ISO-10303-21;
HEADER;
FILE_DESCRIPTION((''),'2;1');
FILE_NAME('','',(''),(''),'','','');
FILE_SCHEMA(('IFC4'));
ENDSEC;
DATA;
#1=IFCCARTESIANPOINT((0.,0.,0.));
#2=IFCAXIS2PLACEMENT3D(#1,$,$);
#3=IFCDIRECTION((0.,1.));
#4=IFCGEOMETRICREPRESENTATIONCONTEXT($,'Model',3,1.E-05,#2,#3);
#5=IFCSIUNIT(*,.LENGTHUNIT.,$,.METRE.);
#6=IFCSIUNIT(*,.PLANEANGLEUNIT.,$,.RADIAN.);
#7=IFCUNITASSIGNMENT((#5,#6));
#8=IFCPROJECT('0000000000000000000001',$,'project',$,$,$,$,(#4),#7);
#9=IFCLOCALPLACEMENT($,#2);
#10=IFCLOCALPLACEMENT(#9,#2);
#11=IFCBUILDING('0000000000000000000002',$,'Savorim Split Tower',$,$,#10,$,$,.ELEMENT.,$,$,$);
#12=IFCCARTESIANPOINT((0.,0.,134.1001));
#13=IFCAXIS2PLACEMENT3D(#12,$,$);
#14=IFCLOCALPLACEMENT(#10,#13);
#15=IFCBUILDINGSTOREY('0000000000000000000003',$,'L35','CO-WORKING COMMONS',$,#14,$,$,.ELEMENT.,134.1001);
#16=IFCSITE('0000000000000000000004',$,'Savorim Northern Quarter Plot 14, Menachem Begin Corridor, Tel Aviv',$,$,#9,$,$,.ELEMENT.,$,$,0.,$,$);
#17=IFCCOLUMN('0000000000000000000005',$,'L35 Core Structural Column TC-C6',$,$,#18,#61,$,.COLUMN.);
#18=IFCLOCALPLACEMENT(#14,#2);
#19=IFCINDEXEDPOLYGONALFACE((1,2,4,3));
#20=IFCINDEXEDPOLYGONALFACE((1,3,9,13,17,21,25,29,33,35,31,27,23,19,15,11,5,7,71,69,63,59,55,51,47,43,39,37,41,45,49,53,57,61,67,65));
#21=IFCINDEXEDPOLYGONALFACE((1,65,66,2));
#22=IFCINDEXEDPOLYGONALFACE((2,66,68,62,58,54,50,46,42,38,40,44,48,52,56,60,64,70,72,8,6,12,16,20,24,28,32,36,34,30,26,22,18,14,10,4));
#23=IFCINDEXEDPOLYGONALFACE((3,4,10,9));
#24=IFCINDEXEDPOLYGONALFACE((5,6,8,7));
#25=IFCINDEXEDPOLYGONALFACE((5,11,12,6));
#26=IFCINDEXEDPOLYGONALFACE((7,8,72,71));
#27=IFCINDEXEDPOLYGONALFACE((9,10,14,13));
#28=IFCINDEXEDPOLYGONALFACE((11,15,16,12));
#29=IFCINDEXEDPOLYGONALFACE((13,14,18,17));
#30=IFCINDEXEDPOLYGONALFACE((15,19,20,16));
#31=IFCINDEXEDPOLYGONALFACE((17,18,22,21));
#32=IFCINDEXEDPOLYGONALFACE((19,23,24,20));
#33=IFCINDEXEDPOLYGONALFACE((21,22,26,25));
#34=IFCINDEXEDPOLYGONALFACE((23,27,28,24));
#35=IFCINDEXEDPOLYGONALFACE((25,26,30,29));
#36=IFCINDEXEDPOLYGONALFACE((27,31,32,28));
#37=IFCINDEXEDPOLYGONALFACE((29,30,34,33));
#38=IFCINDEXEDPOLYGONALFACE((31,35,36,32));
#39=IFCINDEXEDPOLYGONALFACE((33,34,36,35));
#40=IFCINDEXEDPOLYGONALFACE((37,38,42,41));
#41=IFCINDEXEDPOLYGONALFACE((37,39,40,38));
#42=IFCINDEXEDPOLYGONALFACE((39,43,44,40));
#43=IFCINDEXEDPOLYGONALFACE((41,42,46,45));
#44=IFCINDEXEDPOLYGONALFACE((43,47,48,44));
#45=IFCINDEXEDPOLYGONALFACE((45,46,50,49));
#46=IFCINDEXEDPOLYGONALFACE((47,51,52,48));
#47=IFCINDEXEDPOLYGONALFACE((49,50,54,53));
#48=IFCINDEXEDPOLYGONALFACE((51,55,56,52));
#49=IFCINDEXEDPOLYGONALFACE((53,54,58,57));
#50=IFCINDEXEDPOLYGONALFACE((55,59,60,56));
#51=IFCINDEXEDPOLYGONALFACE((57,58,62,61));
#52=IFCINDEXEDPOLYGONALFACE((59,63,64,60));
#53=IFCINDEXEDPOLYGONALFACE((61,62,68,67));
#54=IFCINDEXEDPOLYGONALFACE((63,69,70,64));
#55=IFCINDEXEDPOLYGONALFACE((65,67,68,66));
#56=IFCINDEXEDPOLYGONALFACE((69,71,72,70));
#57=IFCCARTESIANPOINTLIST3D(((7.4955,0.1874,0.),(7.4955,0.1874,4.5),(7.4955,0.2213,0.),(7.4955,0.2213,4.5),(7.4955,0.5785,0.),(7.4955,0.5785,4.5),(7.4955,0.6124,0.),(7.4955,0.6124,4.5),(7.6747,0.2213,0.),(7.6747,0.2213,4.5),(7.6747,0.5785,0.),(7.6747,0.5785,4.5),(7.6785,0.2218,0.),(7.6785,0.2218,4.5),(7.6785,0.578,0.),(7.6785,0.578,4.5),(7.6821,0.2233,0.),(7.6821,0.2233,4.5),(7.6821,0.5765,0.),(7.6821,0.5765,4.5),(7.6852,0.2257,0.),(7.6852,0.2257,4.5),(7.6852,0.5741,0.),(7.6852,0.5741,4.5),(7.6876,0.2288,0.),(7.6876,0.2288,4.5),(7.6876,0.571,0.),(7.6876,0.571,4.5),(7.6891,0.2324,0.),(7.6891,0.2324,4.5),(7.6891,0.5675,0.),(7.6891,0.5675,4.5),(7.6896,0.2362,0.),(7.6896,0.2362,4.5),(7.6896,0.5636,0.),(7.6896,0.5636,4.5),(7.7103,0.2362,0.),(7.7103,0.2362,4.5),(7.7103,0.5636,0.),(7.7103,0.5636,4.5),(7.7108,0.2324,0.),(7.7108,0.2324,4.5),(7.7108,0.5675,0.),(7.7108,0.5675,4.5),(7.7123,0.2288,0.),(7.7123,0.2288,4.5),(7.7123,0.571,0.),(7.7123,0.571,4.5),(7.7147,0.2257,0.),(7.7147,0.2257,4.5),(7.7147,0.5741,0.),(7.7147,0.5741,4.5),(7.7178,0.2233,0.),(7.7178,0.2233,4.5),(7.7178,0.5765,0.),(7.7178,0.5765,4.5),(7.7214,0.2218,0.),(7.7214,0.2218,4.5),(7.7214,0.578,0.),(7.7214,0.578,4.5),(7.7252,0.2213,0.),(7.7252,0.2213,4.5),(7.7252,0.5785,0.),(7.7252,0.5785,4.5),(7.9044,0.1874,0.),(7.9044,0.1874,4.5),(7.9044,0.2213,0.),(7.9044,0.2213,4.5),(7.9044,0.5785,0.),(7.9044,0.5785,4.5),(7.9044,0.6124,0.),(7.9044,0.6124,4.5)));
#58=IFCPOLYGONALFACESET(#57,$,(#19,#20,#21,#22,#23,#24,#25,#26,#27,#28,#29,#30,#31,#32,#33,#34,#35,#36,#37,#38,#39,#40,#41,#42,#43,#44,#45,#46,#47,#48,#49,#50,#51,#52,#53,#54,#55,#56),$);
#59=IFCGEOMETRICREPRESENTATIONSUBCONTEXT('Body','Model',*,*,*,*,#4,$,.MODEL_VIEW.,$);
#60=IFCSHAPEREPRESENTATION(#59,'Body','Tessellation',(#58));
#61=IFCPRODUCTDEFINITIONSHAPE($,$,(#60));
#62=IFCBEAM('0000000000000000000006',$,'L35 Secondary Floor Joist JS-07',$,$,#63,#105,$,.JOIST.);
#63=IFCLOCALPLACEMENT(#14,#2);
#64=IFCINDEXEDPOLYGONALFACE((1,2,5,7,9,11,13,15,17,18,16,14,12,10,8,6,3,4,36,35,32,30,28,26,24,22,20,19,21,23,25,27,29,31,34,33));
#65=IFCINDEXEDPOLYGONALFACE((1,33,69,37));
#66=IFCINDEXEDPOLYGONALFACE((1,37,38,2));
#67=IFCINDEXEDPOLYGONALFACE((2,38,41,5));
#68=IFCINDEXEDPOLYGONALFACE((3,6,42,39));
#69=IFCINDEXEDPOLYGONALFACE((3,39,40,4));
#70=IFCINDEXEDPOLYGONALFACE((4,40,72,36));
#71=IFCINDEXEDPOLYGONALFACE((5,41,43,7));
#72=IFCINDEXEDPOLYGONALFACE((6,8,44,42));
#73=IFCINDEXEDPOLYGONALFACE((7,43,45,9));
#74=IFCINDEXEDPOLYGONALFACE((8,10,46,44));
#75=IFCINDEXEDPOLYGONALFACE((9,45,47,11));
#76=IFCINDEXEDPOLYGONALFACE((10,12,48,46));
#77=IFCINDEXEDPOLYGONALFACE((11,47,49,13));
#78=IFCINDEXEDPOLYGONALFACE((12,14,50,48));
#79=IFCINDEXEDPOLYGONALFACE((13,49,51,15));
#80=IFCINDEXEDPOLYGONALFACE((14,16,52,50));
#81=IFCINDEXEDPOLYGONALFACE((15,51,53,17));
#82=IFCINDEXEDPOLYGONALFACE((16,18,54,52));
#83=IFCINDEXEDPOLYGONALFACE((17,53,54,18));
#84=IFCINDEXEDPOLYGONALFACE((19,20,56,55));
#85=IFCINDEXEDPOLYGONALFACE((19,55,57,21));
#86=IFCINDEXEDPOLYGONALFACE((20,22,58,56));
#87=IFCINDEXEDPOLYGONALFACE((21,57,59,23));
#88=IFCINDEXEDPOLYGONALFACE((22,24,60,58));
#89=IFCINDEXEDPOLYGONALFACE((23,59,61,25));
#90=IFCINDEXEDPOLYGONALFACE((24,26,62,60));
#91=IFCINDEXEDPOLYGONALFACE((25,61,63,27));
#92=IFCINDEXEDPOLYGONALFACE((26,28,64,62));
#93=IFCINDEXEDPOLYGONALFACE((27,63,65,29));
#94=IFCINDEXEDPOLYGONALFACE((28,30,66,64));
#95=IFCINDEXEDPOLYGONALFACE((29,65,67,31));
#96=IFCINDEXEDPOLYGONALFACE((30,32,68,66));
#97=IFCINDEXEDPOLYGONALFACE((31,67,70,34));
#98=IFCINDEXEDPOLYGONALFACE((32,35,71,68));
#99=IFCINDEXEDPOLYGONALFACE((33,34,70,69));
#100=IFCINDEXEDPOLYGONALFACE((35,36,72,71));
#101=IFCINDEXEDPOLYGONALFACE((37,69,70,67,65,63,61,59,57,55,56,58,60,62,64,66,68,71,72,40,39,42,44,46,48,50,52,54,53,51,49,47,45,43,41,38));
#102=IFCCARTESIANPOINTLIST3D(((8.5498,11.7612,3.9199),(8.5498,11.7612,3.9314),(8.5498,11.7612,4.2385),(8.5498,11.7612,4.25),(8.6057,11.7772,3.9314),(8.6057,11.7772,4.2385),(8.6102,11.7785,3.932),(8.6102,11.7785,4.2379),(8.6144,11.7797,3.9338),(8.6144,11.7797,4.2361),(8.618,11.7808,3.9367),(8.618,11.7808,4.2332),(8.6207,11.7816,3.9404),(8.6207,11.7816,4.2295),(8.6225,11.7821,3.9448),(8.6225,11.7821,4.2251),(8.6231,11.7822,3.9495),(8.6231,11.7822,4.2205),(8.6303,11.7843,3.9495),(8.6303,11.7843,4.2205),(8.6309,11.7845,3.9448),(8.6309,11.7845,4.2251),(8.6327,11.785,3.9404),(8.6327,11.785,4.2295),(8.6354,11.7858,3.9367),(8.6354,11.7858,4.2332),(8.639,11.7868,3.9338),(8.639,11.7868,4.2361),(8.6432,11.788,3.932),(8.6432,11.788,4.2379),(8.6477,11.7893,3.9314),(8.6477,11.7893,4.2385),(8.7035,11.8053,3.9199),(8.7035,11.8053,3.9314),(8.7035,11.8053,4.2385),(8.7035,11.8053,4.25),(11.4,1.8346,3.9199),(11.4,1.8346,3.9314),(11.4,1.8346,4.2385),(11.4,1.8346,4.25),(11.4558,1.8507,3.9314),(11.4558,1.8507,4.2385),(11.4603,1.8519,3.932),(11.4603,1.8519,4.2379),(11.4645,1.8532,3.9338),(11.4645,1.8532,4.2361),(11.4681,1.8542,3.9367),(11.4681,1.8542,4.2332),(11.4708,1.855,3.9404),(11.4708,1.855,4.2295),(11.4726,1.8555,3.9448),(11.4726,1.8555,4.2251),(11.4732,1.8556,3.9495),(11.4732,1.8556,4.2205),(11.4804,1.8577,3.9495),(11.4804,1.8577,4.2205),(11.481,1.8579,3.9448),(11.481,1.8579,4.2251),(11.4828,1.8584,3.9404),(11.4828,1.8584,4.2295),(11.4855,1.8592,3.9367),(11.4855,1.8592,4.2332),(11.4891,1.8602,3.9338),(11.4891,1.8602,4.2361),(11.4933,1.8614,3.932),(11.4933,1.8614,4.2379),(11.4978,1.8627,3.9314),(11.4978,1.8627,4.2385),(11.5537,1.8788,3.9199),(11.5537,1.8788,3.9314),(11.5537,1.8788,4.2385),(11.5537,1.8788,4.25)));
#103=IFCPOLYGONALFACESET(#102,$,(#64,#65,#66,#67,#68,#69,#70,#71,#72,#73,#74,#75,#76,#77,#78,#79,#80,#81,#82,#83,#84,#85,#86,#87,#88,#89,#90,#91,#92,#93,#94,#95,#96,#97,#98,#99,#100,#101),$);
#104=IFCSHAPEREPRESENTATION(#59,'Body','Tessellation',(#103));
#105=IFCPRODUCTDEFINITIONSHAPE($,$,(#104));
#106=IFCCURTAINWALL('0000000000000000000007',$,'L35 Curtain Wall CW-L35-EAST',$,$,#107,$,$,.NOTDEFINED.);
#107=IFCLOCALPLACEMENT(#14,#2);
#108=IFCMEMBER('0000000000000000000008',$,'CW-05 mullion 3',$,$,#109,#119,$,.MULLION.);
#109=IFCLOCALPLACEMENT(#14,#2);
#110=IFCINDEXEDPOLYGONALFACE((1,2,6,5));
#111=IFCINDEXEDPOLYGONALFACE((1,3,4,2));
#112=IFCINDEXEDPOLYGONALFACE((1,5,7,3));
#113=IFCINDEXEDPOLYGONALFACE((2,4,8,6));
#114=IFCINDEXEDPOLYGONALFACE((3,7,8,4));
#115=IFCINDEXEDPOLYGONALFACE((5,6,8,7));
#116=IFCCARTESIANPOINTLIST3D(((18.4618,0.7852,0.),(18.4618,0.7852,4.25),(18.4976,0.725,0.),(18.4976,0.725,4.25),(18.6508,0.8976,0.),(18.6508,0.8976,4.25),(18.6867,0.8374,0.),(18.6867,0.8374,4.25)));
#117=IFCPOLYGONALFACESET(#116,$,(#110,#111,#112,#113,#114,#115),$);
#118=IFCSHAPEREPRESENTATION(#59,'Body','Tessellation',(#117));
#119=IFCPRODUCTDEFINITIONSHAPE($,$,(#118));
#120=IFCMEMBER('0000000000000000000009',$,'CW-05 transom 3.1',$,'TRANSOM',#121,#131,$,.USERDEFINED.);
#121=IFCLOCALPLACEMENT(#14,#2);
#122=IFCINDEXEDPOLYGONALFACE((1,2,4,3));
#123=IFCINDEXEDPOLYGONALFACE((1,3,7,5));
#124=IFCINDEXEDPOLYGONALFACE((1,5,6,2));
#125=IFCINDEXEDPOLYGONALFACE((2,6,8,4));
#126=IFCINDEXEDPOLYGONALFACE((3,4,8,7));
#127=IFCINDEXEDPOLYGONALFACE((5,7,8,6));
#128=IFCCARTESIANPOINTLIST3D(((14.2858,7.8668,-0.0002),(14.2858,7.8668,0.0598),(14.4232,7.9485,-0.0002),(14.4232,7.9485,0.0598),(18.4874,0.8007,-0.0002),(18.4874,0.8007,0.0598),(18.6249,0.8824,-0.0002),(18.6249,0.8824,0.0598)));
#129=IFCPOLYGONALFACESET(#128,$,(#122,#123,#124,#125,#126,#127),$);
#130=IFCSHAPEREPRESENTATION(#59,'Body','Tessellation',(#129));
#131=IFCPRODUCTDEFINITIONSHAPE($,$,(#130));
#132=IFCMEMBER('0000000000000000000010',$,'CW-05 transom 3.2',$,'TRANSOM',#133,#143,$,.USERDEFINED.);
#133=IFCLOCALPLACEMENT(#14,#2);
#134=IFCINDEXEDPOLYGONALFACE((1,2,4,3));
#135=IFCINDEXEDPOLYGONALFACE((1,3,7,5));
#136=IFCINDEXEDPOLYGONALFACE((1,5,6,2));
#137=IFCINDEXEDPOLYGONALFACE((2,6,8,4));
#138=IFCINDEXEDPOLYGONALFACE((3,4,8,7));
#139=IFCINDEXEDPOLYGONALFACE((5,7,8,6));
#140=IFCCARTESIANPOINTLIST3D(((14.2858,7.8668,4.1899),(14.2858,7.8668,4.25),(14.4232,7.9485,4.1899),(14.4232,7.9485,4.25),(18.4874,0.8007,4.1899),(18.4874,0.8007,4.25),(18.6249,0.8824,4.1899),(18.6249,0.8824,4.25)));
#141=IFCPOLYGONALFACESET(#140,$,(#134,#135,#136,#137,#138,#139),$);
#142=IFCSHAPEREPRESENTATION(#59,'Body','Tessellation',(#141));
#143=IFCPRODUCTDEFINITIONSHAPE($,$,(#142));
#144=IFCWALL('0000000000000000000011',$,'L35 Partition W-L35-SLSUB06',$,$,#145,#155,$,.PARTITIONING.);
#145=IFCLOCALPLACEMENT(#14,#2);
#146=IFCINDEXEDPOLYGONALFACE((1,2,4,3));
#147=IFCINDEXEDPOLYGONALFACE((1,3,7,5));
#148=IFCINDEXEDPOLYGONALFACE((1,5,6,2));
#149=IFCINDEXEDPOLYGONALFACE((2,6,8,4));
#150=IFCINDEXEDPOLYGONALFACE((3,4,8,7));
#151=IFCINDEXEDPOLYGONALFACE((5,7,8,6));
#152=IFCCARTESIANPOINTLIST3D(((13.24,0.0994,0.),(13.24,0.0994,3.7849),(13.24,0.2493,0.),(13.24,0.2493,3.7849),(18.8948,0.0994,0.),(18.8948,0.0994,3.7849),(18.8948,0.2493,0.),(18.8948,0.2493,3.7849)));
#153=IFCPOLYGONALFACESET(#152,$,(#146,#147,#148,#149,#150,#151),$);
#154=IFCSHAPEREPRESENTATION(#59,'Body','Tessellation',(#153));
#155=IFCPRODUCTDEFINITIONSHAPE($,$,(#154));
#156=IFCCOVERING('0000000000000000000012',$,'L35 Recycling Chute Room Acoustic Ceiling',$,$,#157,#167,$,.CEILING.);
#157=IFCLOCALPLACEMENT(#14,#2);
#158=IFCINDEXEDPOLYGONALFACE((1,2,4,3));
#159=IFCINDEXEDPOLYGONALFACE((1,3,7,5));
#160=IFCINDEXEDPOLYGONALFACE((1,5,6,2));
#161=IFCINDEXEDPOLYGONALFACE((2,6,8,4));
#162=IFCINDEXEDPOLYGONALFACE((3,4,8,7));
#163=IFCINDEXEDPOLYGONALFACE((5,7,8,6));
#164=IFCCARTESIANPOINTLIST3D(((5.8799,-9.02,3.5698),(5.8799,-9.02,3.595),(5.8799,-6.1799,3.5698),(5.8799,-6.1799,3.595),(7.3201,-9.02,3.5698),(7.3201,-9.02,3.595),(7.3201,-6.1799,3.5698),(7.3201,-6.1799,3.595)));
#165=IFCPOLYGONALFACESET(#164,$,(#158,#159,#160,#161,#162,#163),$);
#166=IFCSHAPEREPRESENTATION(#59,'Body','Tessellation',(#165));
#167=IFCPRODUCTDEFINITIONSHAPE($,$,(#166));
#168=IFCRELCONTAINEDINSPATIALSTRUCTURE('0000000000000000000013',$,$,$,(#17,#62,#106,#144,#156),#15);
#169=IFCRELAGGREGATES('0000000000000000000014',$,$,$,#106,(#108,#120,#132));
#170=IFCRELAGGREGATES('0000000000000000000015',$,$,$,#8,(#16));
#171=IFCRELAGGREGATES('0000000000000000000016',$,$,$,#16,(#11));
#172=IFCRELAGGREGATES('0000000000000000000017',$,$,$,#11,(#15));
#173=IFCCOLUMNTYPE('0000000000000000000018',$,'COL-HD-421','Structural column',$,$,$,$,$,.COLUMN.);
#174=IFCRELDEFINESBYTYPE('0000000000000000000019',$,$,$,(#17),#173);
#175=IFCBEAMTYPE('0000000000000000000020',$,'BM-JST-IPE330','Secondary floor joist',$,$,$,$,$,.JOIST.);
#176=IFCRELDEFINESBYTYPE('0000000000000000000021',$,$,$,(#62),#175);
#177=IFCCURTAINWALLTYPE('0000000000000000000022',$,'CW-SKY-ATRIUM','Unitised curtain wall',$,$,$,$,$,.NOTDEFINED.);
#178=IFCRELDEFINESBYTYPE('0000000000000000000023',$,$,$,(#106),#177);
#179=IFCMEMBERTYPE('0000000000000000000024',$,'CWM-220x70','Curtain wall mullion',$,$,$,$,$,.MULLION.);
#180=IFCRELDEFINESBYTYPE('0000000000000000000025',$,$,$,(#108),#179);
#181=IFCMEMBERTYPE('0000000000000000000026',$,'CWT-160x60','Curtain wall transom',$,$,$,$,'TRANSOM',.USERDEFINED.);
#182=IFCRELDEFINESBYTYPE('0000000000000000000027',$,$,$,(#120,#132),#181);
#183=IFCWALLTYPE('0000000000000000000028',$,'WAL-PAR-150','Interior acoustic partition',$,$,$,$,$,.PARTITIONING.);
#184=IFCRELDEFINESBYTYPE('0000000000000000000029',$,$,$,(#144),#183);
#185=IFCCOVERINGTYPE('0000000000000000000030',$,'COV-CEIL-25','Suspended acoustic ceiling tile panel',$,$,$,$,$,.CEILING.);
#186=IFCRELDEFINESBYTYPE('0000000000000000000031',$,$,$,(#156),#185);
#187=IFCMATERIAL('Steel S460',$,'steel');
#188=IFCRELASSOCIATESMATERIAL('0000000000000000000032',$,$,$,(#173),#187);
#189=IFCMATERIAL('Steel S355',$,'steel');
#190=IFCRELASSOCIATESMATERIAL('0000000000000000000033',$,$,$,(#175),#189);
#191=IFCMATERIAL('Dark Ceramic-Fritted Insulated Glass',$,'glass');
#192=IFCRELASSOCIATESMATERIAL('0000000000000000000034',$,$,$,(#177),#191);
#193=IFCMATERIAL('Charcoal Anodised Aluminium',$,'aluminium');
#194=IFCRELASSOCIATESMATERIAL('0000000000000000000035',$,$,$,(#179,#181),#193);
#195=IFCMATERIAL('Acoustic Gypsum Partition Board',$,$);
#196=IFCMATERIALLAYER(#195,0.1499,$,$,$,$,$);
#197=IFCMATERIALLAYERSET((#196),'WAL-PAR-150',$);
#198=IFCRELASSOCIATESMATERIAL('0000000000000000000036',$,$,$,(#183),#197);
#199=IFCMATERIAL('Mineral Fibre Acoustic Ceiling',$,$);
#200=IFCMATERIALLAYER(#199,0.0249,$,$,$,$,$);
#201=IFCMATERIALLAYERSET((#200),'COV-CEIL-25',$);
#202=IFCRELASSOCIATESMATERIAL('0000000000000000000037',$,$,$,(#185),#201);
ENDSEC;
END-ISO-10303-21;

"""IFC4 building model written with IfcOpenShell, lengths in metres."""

from ifc_helpers import new_model, si_unit, direction, frame, frame_2d, origin, origin_2d, place, context, subcontext, project, spatial, polyline, rectangle, i_section, outline, extrude, material, layer, layer_set, material_profile, profile_set, type_object, element, aggregate, save


model = new_model("IFC4")

# Units and contexts
model_context = context("Model", 3, precision=1e-05, world=origin(), true_north=direction((0.0, 1.0)))
body_context = subcontext(model_context, "Body", "Model", "MODEL_VIEW")
ifc_project = project(units=[si_unit("LENGTHUNIT", "METRE"), si_unit("PLANEANGLEUNIT", "RADIAN")], contexts=[model_context])

# Site, building, storey
site_placement = place(None, origin())
site = spatial("IfcSite", under=ifc_project, at=site_placement, Name="Savorim Northern Quarter Plot 14, Menachem Begin Corridor, Tel Aviv", CompositionType="ELEMENT", RefElevation=0.0)
building_placement = place(site_placement, origin())
building = spatial("IfcBuilding", under=site, at=building_placement, Name="Savorim Split Tower", CompositionType="ELEMENT")
storey_placement = place(building_placement, frame((0.0, 0.0, 134.1001)))
storey = spatial("IfcBuildingStorey", under=building, at=storey_placement, Name="L35", Description="CO-WORKING COMMONS", CompositionType="ELEMENT", Elevation=134.1001)

# Column
ifc_material_1 = material(Name="Steel S460", Category="steel")
ifc_material_profile_1 = material_profile(ifc_material_1, i_section(OverallWidth=0.4089, OverallDepth=0.425, WebThickness=0.0208, FlangeThickness=0.0339, FilletRadius=0.0149, at=origin_2d()), Name="HD 400x421")
ifc_profile_set_1 = profile_set([ifc_material_profile_1], Name="Steel S460")
column_type = type_object("IfcColumnType", Name="COL-HD-421", Description="Structural column", PredefinedType="COLUMN", material=ifc_profile_set_1)
column_placement = place(storey_placement, frame((7.7, 0.3999, 0.0), z_axis=(0.0, 0.0, 1.0), x_axis=(1.0, 0.0, 0.0)))
element("IfcColumn", 1, at=column_placement, inside=storey, type_object=column_type, Name="L35 Core Structural Column TC-C6", PredefinedType="COLUMN", context=body_context, shape_type="SweptSolid", body=[
    extrude(i_section(OverallWidth=0.4089, OverallDepth=0.425, WebThickness=0.0208, FlangeThickness=0.0339, FilletRadius=0.0149, at=origin_2d()), origin(), (0.0, 0.0, 1.0), 4.5),
])

# Beam
ifc_material_2 = material(Name="Steel S355", Category="steel")
ifc_material_profile_2 = material_profile(ifc_material_2, i_section(OverallWidth=0.1599, OverallDepth=0.3301, WebThickness=0.0076, FlangeThickness=0.0115, FilletRadius=0.0181, at=origin_2d()), Name="IPE 330")
ifc_profile_set_2 = profile_set([ifc_material_profile_2], Name="Steel S355")
beam_type = type_object("IfcBeamType", Name="BM-JST-IPE330", Description="Secondary floor joist", PredefinedType="JOIST", material=ifc_profile_set_2)
beam_placement = place(storey_placement, frame((11.4768, 1.8567, 4.085), z_axis=(-0.27597, 0.961166, 0.0), x_axis=(-0.961166, -0.27597, 0.0)))
element("IfcBeam", 2, at=beam_placement, inside=storey, type_object=beam_type, Name="L35 Secondary Floor Joist JS-07", PredefinedType="JOIST", context=body_context, shape_type="SweptSolid", body=[
    extrude(i_section(OverallWidth=0.1599, OverallDepth=0.3301, WebThickness=0.0076, FlangeThickness=0.0115, FilletRadius=0.0181, at=origin_2d()), origin(), (0.0, 0.0, 1.0), 10.3276),
])

# Curtain wall, members
ifc_material_3 = material(Name="Dark Ceramic-Fritted Insulated Glass", Category="glass")
curtain_wall_type = type_object("IfcCurtainWallType", Name="CW-SKY-ATRIUM", Description="Unitised curtain wall", PredefinedType="NOTDEFINED", material=ifc_material_3)
curtain_wall_placement = place(storey_placement, origin())
curtain_wall = element("IfcCurtainWall", 3, at=curtain_wall_placement, inside=storey, type_object=curtain_wall_type, Name="L35 Curtain Wall CW-L35-EAST", PredefinedType="NOTDEFINED")
ifc_material_4 = material(Name="Charcoal Anodised Aluminium", Category="aluminium")
ifc_material_profile_3 = material_profile(ifc_material_4, rectangle(XDim=0.22, YDim=0.0701, at=origin_2d()), Name="ALU-M 220x70")
ifc_profile_set_3 = profile_set([ifc_material_profile_3], Name="Charcoal Anodised Aluminium")
member_type_1 = type_object("IfcMemberType", Name="CWM-220x70", Description="Curtain wall mullion", PredefinedType="MULLION", material=ifc_profile_set_3)
member_1_placement = place(storey_placement, frame((18.5742, 0.8113, 0.0), z_axis=(0.0, 0.0, 1.0), x_axis=(-0.859527, -0.511091, 0.0)))
member_1 = element("IfcMember", 4, at=member_1_placement, type_object=member_type_1, Name="CW-05 mullion 3", PredefinedType="MULLION", context=body_context, shape_type="SweptSolid", body=[
    extrude(rectangle(XDim=0.22, YDim=0.0701, at=origin_2d()), origin(), (0.0, 0.0, 1.0), 4.25),
])
ifc_material_profile_4 = material_profile(ifc_material_4, rectangle(XDim=0.1599, YDim=0.0601, at=origin_2d()), Name="ALU-T 160x60")
ifc_profile_set_4 = profile_set([ifc_material_profile_4], Name="Charcoal Anodised Aluminium")
member_type_2 = type_object("IfcMemberType", Name="CWT-160x60", Description="Curtain wall transom", ElementType="TRANSOM", PredefinedType="USERDEFINED", material=ifc_profile_set_4)
member_2_placement = place(storey_placement, frame((18.5562, 0.8416, 0.0298), z_axis=(-0.51109, 0.859527, 0.0), x_axis=(-0.859527, -0.51109, 0.0)))
member_2 = element("IfcMember", 5, at=member_2_placement, type_object=member_type_2, Name="CW-05 transom 3.1", ObjectType="TRANSOM", PredefinedType="USERDEFINED", context=body_context, shape_type="SweptSolid", body=[
    extrude(rectangle(XDim=0.1599, YDim=0.0601, at=origin_2d()), origin(), (0.0, 0.0, 1.0), 8.2209),
])
member_3_placement = place(storey_placement, frame((18.5562, 0.8416, 4.22), z_axis=(-0.51109, 0.859527, 0.0), x_axis=(-0.859527, -0.51109, 0.0)))
member_3 = element("IfcMember", 6, at=member_3_placement, type_object=member_type_2, Name="CW-05 transom 3.2", ObjectType="TRANSOM", PredefinedType="USERDEFINED", context=body_context, shape_type="SweptSolid", body=[
    extrude(rectangle(XDim=0.1599, YDim=0.0601, at=origin_2d()), origin(), (0.0, 0.0, 1.0), 8.2209),
])
aggregate(curtain_wall, [member_1, member_2, member_3])

# Wall
ifc_material_5 = material(Name="Acoustic Gypsum Partition Board")
ifc_layer_1 = layer(ifc_material_5, 0.1499)
ifc_layer_set_1 = layer_set([ifc_layer_1], Name="WAL-PAR-150")
wall_type = type_object("IfcWallType", Name="WAL-PAR-150", Description="Interior acoustic partition", PredefinedType="PARTITIONING", material=ifc_layer_set_1)
wall_placement = place(storey_placement, frame((13.24, 0.1743, 0.0), z_axis=(0.0, 0.0, 1.0), x_axis=(1.0, 0.0, 0.0)))
element("IfcWall", 7, at=wall_placement, inside=storey, type_object=wall_type, Name="L35 Partition W-L35-SLSUB06", PredefinedType="PARTITIONING", context=body_context, shape_type="SweptSolid", body=[
    extrude(rectangle(XDim=5.6548, YDim=0.1499, at=frame_2d((2.8274, 0.0))), origin(), (0.0, 0.0, 1.0), 3.7849),
])

# Covering
ifc_material_6 = material(Name="Mineral Fibre Acoustic Ceiling")
ifc_layer_2 = layer(ifc_material_6, 0.0249)
ifc_layer_set_2 = layer_set([ifc_layer_2], Name="COV-CEIL-25")
covering_type_1 = type_object("IfcCoveringType", Name="COV-CEIL-25", Description="Suspended acoustic ceiling tile panel", PredefinedType="CEILING", material=ifc_layer_set_2)
covering_1_placement = place(storey_placement, frame((0.0, 0.0, 3.5698)))
element("IfcCovering", 8, at=covering_1_placement, inside=storey, type_object=covering_type_1, Name="L35 Recycling Chute Room Acoustic Ceiling", PredefinedType="CEILING", context=body_context, shape_type="SweptSolid", body=[
    extrude(outline(polyline([(5.8799, -6.1799), (5.8799, -9.02), (7.3201, -9.02), (7.3201, -6.1799), (5.8799, -6.1799)])), origin(), (0.0, 0.0, 1.0), 0.0251),
])

save(model, "model.ifc")
